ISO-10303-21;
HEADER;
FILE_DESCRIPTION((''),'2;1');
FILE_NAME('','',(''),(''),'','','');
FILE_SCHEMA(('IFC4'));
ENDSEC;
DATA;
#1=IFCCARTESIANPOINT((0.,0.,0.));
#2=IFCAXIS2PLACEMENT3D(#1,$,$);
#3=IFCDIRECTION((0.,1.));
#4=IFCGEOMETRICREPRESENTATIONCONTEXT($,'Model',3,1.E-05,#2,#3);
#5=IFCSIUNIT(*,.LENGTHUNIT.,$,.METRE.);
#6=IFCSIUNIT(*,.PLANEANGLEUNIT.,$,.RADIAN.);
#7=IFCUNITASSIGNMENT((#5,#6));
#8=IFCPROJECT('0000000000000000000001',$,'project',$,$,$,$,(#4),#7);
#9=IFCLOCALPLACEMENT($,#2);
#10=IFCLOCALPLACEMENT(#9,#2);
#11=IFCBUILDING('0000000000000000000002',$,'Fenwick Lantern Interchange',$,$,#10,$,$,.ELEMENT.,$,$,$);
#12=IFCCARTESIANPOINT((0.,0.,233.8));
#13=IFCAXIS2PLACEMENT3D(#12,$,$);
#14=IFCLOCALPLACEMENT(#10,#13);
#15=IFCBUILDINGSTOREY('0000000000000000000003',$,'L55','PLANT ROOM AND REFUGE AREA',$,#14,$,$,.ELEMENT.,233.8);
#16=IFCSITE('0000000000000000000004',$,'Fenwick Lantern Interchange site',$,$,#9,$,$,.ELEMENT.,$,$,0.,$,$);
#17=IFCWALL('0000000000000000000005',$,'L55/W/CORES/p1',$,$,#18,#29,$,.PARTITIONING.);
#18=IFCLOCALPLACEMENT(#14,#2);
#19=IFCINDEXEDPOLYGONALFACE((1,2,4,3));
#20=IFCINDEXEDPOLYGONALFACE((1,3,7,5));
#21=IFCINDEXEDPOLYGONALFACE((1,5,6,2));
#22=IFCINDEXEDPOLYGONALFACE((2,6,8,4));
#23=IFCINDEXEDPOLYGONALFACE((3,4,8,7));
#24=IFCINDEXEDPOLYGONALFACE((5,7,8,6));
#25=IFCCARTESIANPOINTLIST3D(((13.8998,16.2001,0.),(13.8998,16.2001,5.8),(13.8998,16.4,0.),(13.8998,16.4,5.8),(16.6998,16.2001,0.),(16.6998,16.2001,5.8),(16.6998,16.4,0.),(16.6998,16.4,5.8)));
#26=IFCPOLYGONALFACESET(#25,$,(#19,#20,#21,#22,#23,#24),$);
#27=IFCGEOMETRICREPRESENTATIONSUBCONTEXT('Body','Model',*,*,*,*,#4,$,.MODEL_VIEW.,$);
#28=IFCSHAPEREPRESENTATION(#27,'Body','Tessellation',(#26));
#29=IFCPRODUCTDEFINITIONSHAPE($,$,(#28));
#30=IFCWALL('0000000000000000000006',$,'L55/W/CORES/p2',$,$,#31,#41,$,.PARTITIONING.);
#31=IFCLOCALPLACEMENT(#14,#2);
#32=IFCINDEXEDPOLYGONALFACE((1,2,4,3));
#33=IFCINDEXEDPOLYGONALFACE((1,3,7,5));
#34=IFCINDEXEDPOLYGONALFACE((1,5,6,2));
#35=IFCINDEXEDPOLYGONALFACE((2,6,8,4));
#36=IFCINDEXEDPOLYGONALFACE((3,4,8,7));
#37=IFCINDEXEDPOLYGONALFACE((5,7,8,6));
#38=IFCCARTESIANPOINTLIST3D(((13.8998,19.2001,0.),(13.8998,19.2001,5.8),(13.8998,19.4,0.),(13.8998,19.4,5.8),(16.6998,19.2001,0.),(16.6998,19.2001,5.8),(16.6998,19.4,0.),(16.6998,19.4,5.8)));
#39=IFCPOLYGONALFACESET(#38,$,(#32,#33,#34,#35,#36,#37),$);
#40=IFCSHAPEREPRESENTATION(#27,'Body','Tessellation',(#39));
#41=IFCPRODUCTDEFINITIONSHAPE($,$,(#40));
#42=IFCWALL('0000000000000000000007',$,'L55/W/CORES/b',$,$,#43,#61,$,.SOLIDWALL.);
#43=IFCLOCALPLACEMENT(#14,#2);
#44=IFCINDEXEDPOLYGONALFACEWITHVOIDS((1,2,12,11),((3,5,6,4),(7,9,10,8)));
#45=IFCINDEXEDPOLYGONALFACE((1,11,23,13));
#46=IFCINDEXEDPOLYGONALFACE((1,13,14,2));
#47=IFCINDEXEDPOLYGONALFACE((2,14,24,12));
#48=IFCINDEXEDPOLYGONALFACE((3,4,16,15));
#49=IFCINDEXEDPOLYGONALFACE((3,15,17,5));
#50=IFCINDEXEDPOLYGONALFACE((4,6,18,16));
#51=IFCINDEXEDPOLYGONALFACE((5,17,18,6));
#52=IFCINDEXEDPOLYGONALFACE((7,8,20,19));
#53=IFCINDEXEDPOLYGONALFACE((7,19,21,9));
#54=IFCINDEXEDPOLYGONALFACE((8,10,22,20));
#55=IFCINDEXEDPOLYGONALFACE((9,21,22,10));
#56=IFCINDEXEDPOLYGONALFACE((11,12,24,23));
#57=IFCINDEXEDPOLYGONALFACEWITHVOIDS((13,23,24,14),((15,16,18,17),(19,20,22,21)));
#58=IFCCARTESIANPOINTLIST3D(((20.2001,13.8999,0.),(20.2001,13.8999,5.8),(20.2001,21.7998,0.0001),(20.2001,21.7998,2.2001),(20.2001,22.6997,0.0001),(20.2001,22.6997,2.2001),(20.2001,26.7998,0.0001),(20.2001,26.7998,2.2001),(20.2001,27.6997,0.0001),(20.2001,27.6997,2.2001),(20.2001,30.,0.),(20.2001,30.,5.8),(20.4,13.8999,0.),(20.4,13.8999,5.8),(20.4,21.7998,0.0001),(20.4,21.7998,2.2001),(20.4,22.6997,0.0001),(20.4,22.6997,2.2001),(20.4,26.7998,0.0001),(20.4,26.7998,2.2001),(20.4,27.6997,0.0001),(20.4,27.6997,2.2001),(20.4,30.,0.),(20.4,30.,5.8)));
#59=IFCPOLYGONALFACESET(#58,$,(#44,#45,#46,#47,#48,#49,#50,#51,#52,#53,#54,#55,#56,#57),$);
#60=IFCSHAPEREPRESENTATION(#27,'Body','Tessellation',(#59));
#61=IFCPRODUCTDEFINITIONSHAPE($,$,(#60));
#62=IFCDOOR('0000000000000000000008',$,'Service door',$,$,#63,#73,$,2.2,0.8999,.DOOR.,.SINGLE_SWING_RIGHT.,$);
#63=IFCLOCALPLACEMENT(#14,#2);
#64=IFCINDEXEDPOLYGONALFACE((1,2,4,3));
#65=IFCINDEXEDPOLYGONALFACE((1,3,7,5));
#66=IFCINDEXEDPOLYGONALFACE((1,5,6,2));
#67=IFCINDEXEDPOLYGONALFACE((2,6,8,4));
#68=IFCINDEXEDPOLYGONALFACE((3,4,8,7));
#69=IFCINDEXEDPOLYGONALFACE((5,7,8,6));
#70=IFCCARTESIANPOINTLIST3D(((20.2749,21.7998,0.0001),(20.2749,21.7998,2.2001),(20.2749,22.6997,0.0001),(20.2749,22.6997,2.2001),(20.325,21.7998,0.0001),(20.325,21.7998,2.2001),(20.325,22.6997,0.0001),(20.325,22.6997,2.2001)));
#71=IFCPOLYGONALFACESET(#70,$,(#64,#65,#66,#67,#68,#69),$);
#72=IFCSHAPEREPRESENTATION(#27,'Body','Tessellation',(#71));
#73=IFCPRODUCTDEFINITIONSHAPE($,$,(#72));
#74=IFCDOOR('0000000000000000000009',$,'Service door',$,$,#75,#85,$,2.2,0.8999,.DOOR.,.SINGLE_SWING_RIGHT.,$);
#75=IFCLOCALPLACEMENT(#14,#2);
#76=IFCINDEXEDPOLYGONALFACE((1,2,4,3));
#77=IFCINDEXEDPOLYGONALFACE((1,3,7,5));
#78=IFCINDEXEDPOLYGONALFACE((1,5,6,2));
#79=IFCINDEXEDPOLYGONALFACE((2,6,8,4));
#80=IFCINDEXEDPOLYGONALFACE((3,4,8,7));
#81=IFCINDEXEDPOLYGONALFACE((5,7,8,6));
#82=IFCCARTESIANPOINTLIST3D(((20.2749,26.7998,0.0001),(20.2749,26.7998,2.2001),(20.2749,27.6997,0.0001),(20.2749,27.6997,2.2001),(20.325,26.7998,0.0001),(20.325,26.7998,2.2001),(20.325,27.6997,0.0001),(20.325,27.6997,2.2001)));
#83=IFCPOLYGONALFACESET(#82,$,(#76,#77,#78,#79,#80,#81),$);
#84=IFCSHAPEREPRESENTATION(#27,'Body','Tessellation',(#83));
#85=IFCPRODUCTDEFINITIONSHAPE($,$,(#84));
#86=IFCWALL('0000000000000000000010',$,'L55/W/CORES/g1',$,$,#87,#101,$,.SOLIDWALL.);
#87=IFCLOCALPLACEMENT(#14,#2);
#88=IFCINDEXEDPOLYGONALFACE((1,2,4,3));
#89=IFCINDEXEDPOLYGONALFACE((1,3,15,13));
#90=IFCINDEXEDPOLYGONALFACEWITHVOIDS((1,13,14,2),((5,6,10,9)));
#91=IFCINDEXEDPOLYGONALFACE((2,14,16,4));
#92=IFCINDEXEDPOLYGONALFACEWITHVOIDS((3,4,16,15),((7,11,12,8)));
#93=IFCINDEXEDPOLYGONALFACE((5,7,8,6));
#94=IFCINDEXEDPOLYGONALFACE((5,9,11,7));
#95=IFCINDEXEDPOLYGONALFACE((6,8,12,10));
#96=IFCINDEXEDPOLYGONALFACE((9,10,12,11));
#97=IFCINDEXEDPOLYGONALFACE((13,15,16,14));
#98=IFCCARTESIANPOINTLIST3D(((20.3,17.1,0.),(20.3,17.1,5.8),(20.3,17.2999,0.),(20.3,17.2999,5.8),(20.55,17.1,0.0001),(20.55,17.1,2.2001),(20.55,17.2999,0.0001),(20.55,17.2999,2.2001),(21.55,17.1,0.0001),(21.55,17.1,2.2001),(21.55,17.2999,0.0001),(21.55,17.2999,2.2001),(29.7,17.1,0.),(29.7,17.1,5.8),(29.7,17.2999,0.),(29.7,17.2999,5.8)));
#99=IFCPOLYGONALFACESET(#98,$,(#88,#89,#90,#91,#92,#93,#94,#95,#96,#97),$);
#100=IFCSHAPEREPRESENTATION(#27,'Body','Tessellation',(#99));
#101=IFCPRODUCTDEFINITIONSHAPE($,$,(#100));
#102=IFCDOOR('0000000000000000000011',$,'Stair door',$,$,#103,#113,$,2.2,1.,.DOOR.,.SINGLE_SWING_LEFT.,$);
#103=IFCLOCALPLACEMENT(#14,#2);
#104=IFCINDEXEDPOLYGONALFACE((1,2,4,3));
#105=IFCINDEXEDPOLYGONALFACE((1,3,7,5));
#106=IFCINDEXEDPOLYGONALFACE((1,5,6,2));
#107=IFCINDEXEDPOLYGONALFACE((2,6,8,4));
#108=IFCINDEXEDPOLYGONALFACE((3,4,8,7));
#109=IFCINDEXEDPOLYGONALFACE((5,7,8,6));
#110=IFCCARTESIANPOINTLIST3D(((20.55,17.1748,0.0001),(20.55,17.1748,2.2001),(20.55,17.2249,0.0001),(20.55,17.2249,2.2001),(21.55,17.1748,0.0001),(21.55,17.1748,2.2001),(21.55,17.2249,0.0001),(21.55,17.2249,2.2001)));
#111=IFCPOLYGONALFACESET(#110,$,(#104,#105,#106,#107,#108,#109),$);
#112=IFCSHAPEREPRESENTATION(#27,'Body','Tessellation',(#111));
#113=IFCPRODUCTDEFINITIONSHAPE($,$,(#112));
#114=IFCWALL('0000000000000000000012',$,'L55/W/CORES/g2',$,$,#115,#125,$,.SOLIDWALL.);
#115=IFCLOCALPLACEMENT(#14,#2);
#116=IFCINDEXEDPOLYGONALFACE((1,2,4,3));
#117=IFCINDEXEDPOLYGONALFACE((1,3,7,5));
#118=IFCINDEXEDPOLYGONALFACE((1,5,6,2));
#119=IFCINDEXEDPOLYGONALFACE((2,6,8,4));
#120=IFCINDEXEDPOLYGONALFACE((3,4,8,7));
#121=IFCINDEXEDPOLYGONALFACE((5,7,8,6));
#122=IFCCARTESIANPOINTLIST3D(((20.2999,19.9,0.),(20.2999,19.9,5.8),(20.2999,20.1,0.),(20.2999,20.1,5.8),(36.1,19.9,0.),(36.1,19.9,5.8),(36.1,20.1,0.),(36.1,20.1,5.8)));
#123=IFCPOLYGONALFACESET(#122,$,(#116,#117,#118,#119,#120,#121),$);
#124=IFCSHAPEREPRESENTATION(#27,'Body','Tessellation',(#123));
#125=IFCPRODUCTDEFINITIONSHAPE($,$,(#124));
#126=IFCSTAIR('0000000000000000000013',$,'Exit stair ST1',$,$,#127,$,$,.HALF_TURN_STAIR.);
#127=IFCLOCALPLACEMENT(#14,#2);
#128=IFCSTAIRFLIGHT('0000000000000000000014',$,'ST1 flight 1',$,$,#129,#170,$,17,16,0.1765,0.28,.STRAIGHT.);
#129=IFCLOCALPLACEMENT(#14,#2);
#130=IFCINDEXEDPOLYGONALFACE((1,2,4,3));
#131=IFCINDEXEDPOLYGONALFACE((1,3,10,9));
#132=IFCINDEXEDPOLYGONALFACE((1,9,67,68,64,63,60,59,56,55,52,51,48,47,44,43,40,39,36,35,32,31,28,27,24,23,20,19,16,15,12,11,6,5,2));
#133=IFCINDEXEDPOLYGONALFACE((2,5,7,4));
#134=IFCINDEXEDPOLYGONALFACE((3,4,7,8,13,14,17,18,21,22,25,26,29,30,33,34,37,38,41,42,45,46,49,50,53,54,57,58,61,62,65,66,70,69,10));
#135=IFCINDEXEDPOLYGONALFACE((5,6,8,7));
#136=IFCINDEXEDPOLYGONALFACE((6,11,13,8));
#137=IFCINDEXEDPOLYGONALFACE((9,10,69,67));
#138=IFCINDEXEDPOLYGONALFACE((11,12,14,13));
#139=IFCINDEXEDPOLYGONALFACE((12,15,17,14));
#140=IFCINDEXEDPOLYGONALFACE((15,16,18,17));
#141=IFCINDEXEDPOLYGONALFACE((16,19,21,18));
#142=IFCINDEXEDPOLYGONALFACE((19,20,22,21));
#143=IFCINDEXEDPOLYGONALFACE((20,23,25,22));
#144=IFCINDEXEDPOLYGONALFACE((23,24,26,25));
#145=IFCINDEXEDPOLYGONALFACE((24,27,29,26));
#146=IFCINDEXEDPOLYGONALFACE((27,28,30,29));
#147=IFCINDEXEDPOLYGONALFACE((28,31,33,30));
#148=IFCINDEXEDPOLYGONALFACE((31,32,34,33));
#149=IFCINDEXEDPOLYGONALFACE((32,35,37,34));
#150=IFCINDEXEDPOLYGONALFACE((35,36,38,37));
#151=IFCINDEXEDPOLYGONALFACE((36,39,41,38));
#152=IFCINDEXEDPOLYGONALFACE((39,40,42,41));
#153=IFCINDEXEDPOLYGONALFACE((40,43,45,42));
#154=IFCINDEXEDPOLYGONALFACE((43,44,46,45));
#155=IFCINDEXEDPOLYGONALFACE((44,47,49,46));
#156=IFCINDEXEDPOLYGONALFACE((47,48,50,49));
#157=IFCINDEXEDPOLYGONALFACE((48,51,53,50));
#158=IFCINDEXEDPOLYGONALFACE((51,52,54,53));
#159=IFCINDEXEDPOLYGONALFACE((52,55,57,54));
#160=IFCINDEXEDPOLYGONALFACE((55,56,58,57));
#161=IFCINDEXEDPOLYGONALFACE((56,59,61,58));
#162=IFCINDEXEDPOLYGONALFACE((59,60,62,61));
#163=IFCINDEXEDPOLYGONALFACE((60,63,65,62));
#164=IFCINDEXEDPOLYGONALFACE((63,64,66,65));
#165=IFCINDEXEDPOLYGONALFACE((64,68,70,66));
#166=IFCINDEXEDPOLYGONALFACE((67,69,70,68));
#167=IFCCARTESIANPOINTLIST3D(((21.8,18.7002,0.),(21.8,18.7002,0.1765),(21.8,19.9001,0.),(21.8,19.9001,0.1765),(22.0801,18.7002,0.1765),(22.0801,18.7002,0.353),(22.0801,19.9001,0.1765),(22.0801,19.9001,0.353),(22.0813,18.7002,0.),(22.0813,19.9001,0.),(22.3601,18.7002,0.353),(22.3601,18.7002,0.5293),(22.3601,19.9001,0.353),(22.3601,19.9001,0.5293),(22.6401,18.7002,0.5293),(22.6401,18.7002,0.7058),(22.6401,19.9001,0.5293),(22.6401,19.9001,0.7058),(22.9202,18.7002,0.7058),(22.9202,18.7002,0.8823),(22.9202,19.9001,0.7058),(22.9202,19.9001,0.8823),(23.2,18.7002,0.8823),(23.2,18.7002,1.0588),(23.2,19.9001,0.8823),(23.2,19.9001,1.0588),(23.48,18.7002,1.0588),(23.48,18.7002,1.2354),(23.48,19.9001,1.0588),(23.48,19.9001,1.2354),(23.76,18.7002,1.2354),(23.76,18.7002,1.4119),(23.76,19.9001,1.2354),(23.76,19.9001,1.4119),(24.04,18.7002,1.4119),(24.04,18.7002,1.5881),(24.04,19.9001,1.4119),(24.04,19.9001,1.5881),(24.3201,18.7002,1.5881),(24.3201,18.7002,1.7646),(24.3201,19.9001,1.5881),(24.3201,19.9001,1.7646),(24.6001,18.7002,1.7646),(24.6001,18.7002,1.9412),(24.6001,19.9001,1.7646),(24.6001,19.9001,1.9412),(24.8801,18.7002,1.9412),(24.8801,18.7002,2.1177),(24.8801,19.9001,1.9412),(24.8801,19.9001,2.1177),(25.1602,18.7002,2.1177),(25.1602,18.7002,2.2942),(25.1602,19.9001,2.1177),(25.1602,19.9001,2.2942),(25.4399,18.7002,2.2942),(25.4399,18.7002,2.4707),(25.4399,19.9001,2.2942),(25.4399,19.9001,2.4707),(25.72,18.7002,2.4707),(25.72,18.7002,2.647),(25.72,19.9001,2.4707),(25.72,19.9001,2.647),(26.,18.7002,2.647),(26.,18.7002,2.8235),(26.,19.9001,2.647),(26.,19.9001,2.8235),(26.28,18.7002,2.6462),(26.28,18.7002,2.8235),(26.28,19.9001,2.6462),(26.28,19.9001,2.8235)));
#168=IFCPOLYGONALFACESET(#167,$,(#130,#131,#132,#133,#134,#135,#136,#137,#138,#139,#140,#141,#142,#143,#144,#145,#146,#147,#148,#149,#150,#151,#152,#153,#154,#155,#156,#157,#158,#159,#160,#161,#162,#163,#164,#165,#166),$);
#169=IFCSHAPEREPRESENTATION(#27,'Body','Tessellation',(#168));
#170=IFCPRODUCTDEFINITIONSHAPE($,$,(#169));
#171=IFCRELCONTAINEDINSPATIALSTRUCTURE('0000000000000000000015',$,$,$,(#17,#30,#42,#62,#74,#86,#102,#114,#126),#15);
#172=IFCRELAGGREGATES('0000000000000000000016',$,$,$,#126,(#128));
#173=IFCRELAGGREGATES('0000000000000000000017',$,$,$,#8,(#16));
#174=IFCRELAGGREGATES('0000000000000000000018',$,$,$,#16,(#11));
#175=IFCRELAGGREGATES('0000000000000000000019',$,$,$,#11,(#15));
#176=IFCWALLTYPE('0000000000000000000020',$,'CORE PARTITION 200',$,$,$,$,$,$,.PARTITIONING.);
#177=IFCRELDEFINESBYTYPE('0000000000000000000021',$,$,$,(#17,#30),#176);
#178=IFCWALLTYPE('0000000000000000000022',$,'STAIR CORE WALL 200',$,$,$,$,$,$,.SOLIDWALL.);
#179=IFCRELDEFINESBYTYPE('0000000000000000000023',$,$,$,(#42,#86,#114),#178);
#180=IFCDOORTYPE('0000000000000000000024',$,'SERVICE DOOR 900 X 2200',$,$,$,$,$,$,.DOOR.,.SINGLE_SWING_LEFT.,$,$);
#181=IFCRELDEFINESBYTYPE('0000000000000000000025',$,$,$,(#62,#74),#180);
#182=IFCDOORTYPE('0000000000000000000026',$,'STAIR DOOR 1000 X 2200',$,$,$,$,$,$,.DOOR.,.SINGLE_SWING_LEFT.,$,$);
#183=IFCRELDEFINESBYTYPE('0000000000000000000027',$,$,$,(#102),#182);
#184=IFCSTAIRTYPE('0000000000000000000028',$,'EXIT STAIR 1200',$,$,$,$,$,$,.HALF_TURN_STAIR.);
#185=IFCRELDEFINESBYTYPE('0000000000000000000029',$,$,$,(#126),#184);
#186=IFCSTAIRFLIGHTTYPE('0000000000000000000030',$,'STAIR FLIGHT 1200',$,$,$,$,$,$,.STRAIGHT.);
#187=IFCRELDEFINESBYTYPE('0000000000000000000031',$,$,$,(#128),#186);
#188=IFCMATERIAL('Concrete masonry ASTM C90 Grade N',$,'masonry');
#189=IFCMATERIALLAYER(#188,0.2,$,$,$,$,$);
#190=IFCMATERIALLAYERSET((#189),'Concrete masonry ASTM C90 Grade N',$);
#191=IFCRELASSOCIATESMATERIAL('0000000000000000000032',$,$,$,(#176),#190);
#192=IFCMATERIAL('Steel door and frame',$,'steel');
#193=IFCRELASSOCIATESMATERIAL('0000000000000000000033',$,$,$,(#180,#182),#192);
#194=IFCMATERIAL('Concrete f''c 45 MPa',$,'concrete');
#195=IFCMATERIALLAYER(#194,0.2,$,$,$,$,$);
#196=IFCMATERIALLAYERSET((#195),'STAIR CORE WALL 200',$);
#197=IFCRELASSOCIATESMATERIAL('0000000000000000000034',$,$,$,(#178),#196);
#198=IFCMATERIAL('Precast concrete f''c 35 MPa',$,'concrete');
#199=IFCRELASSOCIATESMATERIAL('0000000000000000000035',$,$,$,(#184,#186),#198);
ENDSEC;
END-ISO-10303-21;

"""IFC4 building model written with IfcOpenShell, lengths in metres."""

from ifc_helpers import new_model, si_unit, direction, frame, frame_2d, origin, place, context, subcontext, project, spatial, polyline, rectangle, outline, extrude, material, layer, layer_set, type_object, element, fill, aggregate, save


model = new_model("IFC4")

# Units and contexts
model_context = context("Model", 3, precision=1e-05, world=origin(), true_north=direction((0.0, 1.0)))
body_context = subcontext(model_context, "Body", "Model", "MODEL_VIEW")
ifc_project = project(units=[si_unit("LENGTHUNIT", "METRE"), si_unit("PLANEANGLEUNIT", "RADIAN")], contexts=[model_context])

# Site, building, storey
site_placement = place(None, origin())
site = spatial("IfcSite", under=ifc_project, at=site_placement, Name="Fenwick Lantern Interchange site", CompositionType="ELEMENT", RefElevation=0.0)
building_placement = place(site_placement, origin())
building = spatial("IfcBuilding", under=site, at=building_placement, Name="Fenwick Lantern Interchange", CompositionType="ELEMENT")
storey_placement = place(building_placement, frame((0.0, 0.0, 233.8)))
storey = spatial("IfcBuildingStorey", under=building, at=storey_placement, Name="L55", Description="PLANT ROOM AND REFUGE AREA", CompositionType="ELEMENT", Elevation=233.8)

# Shared definitions
ifc_material_1 = material(Name="Concrete masonry ASTM C90 Grade N", Category="masonry")
ifc_layer_1 = layer(ifc_material_1, 0.2)
ifc_layer_set_1 = layer_set([ifc_layer_1], Name="Concrete masonry ASTM C90 Grade N")
wall_type_1 = type_object("IfcWallType", Name="CORE PARTITION 200", PredefinedType="PARTITIONING", material=ifc_layer_set_1)
ifc_material_2 = material(Name="Steel door and frame", Category="steel")
door_type_1 = type_object("IfcDoorType", Name="SERVICE DOOR 900 X 2200", OperationType="SINGLE_SWING_LEFT", PredefinedType="DOOR", material=ifc_material_2)

# Walls
for number, where, z_axis, x_axis, name in (
    (1, (13.8999, 16.3, 0.0), (0.0, 0.0, 1.0), (1.0, 0.0, 0.0), "L55/W/CORES/p1"),
    (2, (13.8999, 19.3, 0.0), (0.0, 0.0, 1.0), (1.0, 0.0, 0.0), "L55/W/CORES/p2"),
):
    element("IfcWall", number, at=place(storey_placement, frame(where, z_axis=z_axis, x_axis=x_axis)), inside=storey, type_object=wall_type_1, Name=name, PredefinedType="PARTITIONING", context=body_context, shape_type="SweptSolid", body=[
        extrude(rectangle(XDim=2.8, YDim=0.2, at=frame_2d((1.3999, 0.0))), origin(), (0.0, 0.0, 1.0), 5.8),
    ])

# Wall, openings, doors
ifc_material_3 = material(Name="Concrete f'c 45 MPa", Category="concrete")
ifc_layer_2 = layer(ifc_material_3, 0.2)
ifc_layer_set_2 = layer_set([ifc_layer_2], Name="STAIR CORE WALL 200")
wall_type_2 = type_object("IfcWallType", Name="STAIR CORE WALL 200", PredefinedType="SOLIDWALL", material=ifc_layer_set_2)
wall_1_placement = place(storey_placement, frame((20.3, 13.8999, 0.0), z_axis=(0.0, 0.0, 1.0), x_axis=(0.0, 1.0, 0.0)))
wall_1 = element("IfcWall", 3, at=wall_1_placement, inside=storey, type_object=wall_type_2, Name="L55/W/CORES/b", PredefinedType="SOLIDWALL", context=body_context, shape_type="SweptSolid", body=[
    extrude(rectangle(XDim=16.1001, YDim=0.2, at=frame_2d((8.05, 0.0))), origin(), (0.0, 0.0, 1.0), 5.8),
])
opening_1_placement = place(wall_1_placement, frame((7.8999, 0.0, 0.0)))
opening_1 = element("IfcOpeningElement", 4, at=opening_1_placement, cuts=wall_1, PredefinedType="OPENING", context=body_context, shape_type="SweptSolid", body=[
    extrude(rectangle(XDim=0.8999, YDim=2.2, at=frame_2d((0.45, 1.1001))), frame((0.0, 0.1099, 0.0), z_axis=(0.0, -1.0, 0.0), x_axis=(1.0, 0.0, 0.0)), (0.0, 0.0, 1.0), 0.22),
])
opening_2_placement = place(wall_1_placement, frame((12.8999, 0.0, 0.0)))
opening_2 = element("IfcOpeningElement", 5, at=opening_2_placement, cuts=wall_1, PredefinedType="OPENING", context=body_context, shape_type="SweptSolid", body=[
    extrude(rectangle(XDim=0.8999, YDim=2.2, at=frame_2d((0.45, 1.1001))), frame((0.0, 0.1099, 0.0), z_axis=(0.0, -1.0, 0.0), x_axis=(1.0, 0.0, 0.0)), (0.0, 0.0, 1.0), 0.22),
])
door_1_placement = place(opening_1_placement, frame((0.8999, 0.0, 0.0), z_axis=(0.0, 0.0, 1.0), x_axis=(-1.0, 0.0, 0.0)))
door_1 = element("IfcDoor", 6, at=door_1_placement, inside=storey, type_object=door_type_1, Name="Service door", OperationType="SINGLE_SWING_RIGHT", OverallHeight=2.2, OverallWidth=0.8999, PredefinedType="DOOR", context=body_context, shape_type="SweptSolid", body=[
    extrude(rectangle(XDim=0.8999, YDim=2.2, at=frame_2d((0.45, 1.1001))), frame((0.0, 0.0249, 0.0), z_axis=(0.0, -1.0, 0.0), x_axis=(1.0, 0.0, 0.0)), (0.0, 0.0, 1.0), 0.05),
])
fill(opening_1, door_1)
door_2_placement = place(opening_2_placement, frame((0.8999, 0.0, 0.0), z_axis=(0.0, 0.0, 1.0), x_axis=(-1.0, 0.0, 0.0)))
door_2 = element("IfcDoor", 7, at=door_2_placement, inside=storey, type_object=door_type_1, Name="Service door", OperationType="SINGLE_SWING_RIGHT", OverallHeight=2.2, OverallWidth=0.8999, PredefinedType="DOOR", context=body_context, shape_type="SweptSolid", body=[
    extrude(rectangle(XDim=0.8999, YDim=2.2, at=frame_2d((0.45, 1.1001))), frame((0.0, 0.0249, 0.0), z_axis=(0.0, -1.0, 0.0), x_axis=(1.0, 0.0, 0.0)), (0.0, 0.0, 1.0), 0.05),
])
fill(opening_2, door_2)

# Wall, opening, door
wall_2_placement = place(storey_placement, frame((20.3, 17.2, 0.0), z_axis=(0.0, 0.0, 1.0), x_axis=(1.0, 0.0, 0.0)))
wall_2 = element("IfcWall", 8, at=wall_2_placement, inside=storey, type_object=wall_type_2, Name="L55/W/CORES/g1", PredefinedType="SOLIDWALL", context=body_context, shape_type="SweptSolid", body=[
    extrude(rectangle(XDim=9.3999, YDim=0.2, at=frame_2d((4.7, 0.0))), origin(), (0.0, 0.0, 1.0), 5.8),
])
opening_3_placement = place(wall_2_placement, frame((0.25, 0.0, 0.0)))
opening_3 = element("IfcOpeningElement", 9, at=opening_3_placement, cuts=wall_2, PredefinedType="OPENING", context=body_context, shape_type="SweptSolid", body=[
    extrude(rectangle(XDim=1.0, YDim=2.2, at=frame_2d((0.5, 1.1001))), frame((0.0, 0.1099, 0.0), z_axis=(0.0, -1.0, 0.0), x_axis=(1.0, 0.0, 0.0)), (0.0, 0.0, 1.0), 0.22),
])
door_type_2 = type_object("IfcDoorType", Name="STAIR DOOR 1000 X 2200", OperationType="SINGLE_SWING_LEFT", PredefinedType="DOOR", material=ifc_material_2)
door_3_placement = place(opening_3_placement, origin())
door_3 = element("IfcDoor", 10, at=door_3_placement, inside=storey, type_object=door_type_2, Name="Stair door", OperationType="SINGLE_SWING_LEFT", OverallHeight=2.2, OverallWidth=1.0, PredefinedType="DOOR", context=body_context, shape_type="SweptSolid", body=[
    extrude(rectangle(XDim=1.0, YDim=2.2, at=frame_2d((0.5, 1.1001))), frame((0.0, 0.0249, 0.0), z_axis=(0.0, -1.0, 0.0), x_axis=(1.0, 0.0, 0.0)), (0.0, 0.0, 1.0), 0.05),
])
fill(opening_3, door_3)

# Wall
wall_3_placement = place(storey_placement, frame((20.3, 20.0, 0.0), z_axis=(0.0, 0.0, 1.0), x_axis=(1.0, 0.0, 0.0)))
element("IfcWall", 11, at=wall_3_placement, inside=storey, type_object=wall_type_2, Name="L55/W/CORES/g2", PredefinedType="SOLIDWALL", context=body_context, shape_type="SweptSolid", body=[
    extrude(rectangle(XDim=15.8, YDim=0.2, at=frame_2d((7.8999, 0.0))), origin(), (0.0, 0.0, 1.0), 5.8),
])

# Stair, stair flight
ifc_material_4 = material(Name="Precast concrete f'c 35 MPa", Category="concrete")
stair_type = type_object("IfcStairType", Name="EXIT STAIR 1200", PredefinedType="HALF_TURN_STAIR", material=ifc_material_4)
stair_placement = place(storey_placement, origin())
stair = element("IfcStair", 12, at=stair_placement, inside=storey, type_object=stair_type, Name="Exit stair ST1", PredefinedType="HALF_TURN_STAIR")
stair_flight_type = type_object("IfcStairFlightType", Name="STAIR FLIGHT 1200", PredefinedType="STRAIGHT", material=ifc_material_4)
stair_flight_placement = place(storey_placement, frame((21.8, 19.3, 0.0), z_axis=(0.0, 0.0, 1.0), x_axis=(1.0, 0.0, 0.0)))
stair_flight = element("IfcStairFlight", 13, at=stair_flight_placement, type_object=stair_flight_type, Name="ST1 flight 1", NumberOfRisers=17, NumberOfTreads=16, PredefinedType="STRAIGHT", RiserHeight=0.1765, TreadLength=0.28, context=body_context, shape_type="SweptSolid", body=[
    extrude(outline(polyline([(0.0, 0.0), (0.0, 0.1765), (0.28, 0.1765), (0.28, 0.353), (0.5601, 0.353), (0.5601, 0.5293), (0.8401, 0.5293), (0.8401, 0.7058), (1.1201, 0.7058), (1.1201, 0.8823), (1.3999, 0.8823), (1.3999, 1.0588), (1.6799, 1.0588), (1.6799, 1.2354), (1.96, 1.2354), (1.96, 1.4119), (2.24, 1.4119), (2.24, 1.5881), (2.52, 1.5881), (2.52, 1.7646), (2.8, 1.7646), (2.8, 1.9412), (3.0801, 1.9412), (3.0801, 2.1177), (3.3601, 2.1177), (3.3601, 2.2942), (3.6399, 2.2942), (3.6399, 2.4707), (3.9199, 2.4707), (3.9199, 2.647), (4.2, 2.647), (4.2, 2.8235), (4.48, 2.8235), (4.48, 3.0), (4.48, 2.6462), (0.2812, 0.0), (0.0, 0.0)])), frame((0.0, 0.6001, 0.0), z_axis=(0.0, -1.0, 0.0), x_axis=(1.0, 0.0, 0.0)), (0.0, 0.0, 1.0), 1.2),
])
aggregate(stair, [stair_flight])

save(model, "model.ifc")
